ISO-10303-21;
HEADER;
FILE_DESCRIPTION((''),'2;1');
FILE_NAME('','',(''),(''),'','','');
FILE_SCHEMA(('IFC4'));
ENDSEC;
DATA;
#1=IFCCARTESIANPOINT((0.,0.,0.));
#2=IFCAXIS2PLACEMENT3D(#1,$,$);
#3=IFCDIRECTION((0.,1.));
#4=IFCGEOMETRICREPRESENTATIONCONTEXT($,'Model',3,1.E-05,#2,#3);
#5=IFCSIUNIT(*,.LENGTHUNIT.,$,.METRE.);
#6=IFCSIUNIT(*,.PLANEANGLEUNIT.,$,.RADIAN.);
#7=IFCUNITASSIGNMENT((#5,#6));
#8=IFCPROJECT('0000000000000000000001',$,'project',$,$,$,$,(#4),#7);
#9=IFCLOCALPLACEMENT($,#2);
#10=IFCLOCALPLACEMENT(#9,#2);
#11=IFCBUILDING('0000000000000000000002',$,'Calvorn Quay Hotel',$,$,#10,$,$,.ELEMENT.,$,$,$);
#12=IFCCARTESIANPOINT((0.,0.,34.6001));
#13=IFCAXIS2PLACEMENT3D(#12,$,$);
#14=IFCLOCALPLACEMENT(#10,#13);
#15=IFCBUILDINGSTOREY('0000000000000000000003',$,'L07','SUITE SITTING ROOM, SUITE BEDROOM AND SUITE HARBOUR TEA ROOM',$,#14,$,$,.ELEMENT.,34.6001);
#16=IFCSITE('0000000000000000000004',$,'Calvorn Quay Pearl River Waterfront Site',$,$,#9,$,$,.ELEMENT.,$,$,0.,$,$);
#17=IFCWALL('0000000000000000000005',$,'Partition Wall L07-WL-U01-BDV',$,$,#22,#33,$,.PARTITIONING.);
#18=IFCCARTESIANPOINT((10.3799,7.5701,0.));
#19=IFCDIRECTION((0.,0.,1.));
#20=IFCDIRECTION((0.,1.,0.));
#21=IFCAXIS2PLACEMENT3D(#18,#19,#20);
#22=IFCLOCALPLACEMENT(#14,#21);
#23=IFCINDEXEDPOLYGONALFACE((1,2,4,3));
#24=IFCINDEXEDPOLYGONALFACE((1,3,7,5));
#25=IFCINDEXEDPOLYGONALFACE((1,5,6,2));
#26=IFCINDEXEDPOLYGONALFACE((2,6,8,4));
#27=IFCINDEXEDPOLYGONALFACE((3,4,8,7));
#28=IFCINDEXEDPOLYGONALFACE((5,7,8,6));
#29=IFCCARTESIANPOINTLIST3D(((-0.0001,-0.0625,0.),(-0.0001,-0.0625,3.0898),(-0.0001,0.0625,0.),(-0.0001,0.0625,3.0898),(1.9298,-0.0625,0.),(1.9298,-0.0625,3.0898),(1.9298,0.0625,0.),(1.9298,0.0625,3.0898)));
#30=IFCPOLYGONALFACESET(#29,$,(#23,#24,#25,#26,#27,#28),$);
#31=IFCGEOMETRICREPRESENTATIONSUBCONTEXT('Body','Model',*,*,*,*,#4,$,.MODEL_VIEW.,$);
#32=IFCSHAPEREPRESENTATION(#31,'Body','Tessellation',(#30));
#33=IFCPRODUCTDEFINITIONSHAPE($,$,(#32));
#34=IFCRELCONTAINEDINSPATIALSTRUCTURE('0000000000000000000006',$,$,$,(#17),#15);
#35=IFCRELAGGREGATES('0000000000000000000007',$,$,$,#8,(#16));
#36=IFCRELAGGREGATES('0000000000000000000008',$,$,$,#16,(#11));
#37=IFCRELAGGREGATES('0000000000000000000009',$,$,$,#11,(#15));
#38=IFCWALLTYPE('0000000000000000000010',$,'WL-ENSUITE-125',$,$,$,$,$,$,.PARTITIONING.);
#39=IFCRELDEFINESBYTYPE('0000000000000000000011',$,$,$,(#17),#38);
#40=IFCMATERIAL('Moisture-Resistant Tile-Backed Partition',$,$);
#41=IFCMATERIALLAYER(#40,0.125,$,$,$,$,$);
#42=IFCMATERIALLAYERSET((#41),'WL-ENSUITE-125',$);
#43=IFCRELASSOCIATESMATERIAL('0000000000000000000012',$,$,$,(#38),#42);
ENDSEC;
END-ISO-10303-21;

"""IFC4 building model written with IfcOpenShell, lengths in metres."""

from ifc_helpers import new_model, si_unit, direction, frame, frame_2d, origin, place, context, subcontext, project, spatial, rectangle, extrude, material, layer, layer_set, type_object, element, save


model = new_model("IFC4")

# Units and contexts
model_context = context("Model", 3, precision=1e-05, world=origin(), true_north=direction((0.0, 1.0)))
body_context = subcontext(model_context, "Body", "Model", "MODEL_VIEW")
ifc_project = project(units=[si_unit("LENGTHUNIT", "METRE"), si_unit("PLANEANGLEUNIT", "RADIAN")], contexts=[model_context])

# Site, building, storey
site_placement = place(None, origin())
site = spatial("IfcSite", under=ifc_project, at=site_placement, Name="Calvorn Quay Pearl River Waterfront Site", CompositionType="ELEMENT", RefElevation=0.0)
building_placement = place(site_placement, origin())
building = spatial("IfcBuilding", under=site, at=building_placement, Name="Calvorn Quay Hotel", CompositionType="ELEMENT")
storey_placement = place(building_placement, frame((0.0, 0.0, 34.6001)))
storey = spatial("IfcBuildingStorey", under=building, at=storey_placement, Name="L07", Description="SUITE SITTING ROOM, SUITE BEDROOM AND SUITE HARBOUR TEA ROOM", CompositionType="ELEMENT", Elevation=34.6001)

# Wall
ifc_material_1 = material(Name="Moisture-Resistant Tile-Backed Partition")
ifc_layer_1 = layer(ifc_material_1, 0.125)
ifc_layer_set_1 = layer_set([ifc_layer_1], Name="WL-ENSUITE-125")
wall_type_1 = type_object("IfcWallType", Name="WL-ENSUITE-125", PredefinedType="PARTITIONING", material=ifc_layer_set_1)
wall_1_placement = place(storey_placement, frame((10.3799, 7.5701, 0.0), z_axis=(0.0, 0.0, 1.0), x_axis=(0.0, 1.0, 0.0)))
element("IfcWall", 1, at=wall_1_placement, inside=storey, type_object=wall_type_1, Name="Partition Wall L07-WL-U01-BDV", PredefinedType="PARTITIONING", context=body_context, shape_type="SweptSolid", body=[
    extrude(rectangle(XDim=1.9299, YDim=0.125, at=frame_2d((0.9648, 0.0))), origin(), (0.0, 0.0, 1.0), 3.0898),
])

save(model, "model.ifc")
